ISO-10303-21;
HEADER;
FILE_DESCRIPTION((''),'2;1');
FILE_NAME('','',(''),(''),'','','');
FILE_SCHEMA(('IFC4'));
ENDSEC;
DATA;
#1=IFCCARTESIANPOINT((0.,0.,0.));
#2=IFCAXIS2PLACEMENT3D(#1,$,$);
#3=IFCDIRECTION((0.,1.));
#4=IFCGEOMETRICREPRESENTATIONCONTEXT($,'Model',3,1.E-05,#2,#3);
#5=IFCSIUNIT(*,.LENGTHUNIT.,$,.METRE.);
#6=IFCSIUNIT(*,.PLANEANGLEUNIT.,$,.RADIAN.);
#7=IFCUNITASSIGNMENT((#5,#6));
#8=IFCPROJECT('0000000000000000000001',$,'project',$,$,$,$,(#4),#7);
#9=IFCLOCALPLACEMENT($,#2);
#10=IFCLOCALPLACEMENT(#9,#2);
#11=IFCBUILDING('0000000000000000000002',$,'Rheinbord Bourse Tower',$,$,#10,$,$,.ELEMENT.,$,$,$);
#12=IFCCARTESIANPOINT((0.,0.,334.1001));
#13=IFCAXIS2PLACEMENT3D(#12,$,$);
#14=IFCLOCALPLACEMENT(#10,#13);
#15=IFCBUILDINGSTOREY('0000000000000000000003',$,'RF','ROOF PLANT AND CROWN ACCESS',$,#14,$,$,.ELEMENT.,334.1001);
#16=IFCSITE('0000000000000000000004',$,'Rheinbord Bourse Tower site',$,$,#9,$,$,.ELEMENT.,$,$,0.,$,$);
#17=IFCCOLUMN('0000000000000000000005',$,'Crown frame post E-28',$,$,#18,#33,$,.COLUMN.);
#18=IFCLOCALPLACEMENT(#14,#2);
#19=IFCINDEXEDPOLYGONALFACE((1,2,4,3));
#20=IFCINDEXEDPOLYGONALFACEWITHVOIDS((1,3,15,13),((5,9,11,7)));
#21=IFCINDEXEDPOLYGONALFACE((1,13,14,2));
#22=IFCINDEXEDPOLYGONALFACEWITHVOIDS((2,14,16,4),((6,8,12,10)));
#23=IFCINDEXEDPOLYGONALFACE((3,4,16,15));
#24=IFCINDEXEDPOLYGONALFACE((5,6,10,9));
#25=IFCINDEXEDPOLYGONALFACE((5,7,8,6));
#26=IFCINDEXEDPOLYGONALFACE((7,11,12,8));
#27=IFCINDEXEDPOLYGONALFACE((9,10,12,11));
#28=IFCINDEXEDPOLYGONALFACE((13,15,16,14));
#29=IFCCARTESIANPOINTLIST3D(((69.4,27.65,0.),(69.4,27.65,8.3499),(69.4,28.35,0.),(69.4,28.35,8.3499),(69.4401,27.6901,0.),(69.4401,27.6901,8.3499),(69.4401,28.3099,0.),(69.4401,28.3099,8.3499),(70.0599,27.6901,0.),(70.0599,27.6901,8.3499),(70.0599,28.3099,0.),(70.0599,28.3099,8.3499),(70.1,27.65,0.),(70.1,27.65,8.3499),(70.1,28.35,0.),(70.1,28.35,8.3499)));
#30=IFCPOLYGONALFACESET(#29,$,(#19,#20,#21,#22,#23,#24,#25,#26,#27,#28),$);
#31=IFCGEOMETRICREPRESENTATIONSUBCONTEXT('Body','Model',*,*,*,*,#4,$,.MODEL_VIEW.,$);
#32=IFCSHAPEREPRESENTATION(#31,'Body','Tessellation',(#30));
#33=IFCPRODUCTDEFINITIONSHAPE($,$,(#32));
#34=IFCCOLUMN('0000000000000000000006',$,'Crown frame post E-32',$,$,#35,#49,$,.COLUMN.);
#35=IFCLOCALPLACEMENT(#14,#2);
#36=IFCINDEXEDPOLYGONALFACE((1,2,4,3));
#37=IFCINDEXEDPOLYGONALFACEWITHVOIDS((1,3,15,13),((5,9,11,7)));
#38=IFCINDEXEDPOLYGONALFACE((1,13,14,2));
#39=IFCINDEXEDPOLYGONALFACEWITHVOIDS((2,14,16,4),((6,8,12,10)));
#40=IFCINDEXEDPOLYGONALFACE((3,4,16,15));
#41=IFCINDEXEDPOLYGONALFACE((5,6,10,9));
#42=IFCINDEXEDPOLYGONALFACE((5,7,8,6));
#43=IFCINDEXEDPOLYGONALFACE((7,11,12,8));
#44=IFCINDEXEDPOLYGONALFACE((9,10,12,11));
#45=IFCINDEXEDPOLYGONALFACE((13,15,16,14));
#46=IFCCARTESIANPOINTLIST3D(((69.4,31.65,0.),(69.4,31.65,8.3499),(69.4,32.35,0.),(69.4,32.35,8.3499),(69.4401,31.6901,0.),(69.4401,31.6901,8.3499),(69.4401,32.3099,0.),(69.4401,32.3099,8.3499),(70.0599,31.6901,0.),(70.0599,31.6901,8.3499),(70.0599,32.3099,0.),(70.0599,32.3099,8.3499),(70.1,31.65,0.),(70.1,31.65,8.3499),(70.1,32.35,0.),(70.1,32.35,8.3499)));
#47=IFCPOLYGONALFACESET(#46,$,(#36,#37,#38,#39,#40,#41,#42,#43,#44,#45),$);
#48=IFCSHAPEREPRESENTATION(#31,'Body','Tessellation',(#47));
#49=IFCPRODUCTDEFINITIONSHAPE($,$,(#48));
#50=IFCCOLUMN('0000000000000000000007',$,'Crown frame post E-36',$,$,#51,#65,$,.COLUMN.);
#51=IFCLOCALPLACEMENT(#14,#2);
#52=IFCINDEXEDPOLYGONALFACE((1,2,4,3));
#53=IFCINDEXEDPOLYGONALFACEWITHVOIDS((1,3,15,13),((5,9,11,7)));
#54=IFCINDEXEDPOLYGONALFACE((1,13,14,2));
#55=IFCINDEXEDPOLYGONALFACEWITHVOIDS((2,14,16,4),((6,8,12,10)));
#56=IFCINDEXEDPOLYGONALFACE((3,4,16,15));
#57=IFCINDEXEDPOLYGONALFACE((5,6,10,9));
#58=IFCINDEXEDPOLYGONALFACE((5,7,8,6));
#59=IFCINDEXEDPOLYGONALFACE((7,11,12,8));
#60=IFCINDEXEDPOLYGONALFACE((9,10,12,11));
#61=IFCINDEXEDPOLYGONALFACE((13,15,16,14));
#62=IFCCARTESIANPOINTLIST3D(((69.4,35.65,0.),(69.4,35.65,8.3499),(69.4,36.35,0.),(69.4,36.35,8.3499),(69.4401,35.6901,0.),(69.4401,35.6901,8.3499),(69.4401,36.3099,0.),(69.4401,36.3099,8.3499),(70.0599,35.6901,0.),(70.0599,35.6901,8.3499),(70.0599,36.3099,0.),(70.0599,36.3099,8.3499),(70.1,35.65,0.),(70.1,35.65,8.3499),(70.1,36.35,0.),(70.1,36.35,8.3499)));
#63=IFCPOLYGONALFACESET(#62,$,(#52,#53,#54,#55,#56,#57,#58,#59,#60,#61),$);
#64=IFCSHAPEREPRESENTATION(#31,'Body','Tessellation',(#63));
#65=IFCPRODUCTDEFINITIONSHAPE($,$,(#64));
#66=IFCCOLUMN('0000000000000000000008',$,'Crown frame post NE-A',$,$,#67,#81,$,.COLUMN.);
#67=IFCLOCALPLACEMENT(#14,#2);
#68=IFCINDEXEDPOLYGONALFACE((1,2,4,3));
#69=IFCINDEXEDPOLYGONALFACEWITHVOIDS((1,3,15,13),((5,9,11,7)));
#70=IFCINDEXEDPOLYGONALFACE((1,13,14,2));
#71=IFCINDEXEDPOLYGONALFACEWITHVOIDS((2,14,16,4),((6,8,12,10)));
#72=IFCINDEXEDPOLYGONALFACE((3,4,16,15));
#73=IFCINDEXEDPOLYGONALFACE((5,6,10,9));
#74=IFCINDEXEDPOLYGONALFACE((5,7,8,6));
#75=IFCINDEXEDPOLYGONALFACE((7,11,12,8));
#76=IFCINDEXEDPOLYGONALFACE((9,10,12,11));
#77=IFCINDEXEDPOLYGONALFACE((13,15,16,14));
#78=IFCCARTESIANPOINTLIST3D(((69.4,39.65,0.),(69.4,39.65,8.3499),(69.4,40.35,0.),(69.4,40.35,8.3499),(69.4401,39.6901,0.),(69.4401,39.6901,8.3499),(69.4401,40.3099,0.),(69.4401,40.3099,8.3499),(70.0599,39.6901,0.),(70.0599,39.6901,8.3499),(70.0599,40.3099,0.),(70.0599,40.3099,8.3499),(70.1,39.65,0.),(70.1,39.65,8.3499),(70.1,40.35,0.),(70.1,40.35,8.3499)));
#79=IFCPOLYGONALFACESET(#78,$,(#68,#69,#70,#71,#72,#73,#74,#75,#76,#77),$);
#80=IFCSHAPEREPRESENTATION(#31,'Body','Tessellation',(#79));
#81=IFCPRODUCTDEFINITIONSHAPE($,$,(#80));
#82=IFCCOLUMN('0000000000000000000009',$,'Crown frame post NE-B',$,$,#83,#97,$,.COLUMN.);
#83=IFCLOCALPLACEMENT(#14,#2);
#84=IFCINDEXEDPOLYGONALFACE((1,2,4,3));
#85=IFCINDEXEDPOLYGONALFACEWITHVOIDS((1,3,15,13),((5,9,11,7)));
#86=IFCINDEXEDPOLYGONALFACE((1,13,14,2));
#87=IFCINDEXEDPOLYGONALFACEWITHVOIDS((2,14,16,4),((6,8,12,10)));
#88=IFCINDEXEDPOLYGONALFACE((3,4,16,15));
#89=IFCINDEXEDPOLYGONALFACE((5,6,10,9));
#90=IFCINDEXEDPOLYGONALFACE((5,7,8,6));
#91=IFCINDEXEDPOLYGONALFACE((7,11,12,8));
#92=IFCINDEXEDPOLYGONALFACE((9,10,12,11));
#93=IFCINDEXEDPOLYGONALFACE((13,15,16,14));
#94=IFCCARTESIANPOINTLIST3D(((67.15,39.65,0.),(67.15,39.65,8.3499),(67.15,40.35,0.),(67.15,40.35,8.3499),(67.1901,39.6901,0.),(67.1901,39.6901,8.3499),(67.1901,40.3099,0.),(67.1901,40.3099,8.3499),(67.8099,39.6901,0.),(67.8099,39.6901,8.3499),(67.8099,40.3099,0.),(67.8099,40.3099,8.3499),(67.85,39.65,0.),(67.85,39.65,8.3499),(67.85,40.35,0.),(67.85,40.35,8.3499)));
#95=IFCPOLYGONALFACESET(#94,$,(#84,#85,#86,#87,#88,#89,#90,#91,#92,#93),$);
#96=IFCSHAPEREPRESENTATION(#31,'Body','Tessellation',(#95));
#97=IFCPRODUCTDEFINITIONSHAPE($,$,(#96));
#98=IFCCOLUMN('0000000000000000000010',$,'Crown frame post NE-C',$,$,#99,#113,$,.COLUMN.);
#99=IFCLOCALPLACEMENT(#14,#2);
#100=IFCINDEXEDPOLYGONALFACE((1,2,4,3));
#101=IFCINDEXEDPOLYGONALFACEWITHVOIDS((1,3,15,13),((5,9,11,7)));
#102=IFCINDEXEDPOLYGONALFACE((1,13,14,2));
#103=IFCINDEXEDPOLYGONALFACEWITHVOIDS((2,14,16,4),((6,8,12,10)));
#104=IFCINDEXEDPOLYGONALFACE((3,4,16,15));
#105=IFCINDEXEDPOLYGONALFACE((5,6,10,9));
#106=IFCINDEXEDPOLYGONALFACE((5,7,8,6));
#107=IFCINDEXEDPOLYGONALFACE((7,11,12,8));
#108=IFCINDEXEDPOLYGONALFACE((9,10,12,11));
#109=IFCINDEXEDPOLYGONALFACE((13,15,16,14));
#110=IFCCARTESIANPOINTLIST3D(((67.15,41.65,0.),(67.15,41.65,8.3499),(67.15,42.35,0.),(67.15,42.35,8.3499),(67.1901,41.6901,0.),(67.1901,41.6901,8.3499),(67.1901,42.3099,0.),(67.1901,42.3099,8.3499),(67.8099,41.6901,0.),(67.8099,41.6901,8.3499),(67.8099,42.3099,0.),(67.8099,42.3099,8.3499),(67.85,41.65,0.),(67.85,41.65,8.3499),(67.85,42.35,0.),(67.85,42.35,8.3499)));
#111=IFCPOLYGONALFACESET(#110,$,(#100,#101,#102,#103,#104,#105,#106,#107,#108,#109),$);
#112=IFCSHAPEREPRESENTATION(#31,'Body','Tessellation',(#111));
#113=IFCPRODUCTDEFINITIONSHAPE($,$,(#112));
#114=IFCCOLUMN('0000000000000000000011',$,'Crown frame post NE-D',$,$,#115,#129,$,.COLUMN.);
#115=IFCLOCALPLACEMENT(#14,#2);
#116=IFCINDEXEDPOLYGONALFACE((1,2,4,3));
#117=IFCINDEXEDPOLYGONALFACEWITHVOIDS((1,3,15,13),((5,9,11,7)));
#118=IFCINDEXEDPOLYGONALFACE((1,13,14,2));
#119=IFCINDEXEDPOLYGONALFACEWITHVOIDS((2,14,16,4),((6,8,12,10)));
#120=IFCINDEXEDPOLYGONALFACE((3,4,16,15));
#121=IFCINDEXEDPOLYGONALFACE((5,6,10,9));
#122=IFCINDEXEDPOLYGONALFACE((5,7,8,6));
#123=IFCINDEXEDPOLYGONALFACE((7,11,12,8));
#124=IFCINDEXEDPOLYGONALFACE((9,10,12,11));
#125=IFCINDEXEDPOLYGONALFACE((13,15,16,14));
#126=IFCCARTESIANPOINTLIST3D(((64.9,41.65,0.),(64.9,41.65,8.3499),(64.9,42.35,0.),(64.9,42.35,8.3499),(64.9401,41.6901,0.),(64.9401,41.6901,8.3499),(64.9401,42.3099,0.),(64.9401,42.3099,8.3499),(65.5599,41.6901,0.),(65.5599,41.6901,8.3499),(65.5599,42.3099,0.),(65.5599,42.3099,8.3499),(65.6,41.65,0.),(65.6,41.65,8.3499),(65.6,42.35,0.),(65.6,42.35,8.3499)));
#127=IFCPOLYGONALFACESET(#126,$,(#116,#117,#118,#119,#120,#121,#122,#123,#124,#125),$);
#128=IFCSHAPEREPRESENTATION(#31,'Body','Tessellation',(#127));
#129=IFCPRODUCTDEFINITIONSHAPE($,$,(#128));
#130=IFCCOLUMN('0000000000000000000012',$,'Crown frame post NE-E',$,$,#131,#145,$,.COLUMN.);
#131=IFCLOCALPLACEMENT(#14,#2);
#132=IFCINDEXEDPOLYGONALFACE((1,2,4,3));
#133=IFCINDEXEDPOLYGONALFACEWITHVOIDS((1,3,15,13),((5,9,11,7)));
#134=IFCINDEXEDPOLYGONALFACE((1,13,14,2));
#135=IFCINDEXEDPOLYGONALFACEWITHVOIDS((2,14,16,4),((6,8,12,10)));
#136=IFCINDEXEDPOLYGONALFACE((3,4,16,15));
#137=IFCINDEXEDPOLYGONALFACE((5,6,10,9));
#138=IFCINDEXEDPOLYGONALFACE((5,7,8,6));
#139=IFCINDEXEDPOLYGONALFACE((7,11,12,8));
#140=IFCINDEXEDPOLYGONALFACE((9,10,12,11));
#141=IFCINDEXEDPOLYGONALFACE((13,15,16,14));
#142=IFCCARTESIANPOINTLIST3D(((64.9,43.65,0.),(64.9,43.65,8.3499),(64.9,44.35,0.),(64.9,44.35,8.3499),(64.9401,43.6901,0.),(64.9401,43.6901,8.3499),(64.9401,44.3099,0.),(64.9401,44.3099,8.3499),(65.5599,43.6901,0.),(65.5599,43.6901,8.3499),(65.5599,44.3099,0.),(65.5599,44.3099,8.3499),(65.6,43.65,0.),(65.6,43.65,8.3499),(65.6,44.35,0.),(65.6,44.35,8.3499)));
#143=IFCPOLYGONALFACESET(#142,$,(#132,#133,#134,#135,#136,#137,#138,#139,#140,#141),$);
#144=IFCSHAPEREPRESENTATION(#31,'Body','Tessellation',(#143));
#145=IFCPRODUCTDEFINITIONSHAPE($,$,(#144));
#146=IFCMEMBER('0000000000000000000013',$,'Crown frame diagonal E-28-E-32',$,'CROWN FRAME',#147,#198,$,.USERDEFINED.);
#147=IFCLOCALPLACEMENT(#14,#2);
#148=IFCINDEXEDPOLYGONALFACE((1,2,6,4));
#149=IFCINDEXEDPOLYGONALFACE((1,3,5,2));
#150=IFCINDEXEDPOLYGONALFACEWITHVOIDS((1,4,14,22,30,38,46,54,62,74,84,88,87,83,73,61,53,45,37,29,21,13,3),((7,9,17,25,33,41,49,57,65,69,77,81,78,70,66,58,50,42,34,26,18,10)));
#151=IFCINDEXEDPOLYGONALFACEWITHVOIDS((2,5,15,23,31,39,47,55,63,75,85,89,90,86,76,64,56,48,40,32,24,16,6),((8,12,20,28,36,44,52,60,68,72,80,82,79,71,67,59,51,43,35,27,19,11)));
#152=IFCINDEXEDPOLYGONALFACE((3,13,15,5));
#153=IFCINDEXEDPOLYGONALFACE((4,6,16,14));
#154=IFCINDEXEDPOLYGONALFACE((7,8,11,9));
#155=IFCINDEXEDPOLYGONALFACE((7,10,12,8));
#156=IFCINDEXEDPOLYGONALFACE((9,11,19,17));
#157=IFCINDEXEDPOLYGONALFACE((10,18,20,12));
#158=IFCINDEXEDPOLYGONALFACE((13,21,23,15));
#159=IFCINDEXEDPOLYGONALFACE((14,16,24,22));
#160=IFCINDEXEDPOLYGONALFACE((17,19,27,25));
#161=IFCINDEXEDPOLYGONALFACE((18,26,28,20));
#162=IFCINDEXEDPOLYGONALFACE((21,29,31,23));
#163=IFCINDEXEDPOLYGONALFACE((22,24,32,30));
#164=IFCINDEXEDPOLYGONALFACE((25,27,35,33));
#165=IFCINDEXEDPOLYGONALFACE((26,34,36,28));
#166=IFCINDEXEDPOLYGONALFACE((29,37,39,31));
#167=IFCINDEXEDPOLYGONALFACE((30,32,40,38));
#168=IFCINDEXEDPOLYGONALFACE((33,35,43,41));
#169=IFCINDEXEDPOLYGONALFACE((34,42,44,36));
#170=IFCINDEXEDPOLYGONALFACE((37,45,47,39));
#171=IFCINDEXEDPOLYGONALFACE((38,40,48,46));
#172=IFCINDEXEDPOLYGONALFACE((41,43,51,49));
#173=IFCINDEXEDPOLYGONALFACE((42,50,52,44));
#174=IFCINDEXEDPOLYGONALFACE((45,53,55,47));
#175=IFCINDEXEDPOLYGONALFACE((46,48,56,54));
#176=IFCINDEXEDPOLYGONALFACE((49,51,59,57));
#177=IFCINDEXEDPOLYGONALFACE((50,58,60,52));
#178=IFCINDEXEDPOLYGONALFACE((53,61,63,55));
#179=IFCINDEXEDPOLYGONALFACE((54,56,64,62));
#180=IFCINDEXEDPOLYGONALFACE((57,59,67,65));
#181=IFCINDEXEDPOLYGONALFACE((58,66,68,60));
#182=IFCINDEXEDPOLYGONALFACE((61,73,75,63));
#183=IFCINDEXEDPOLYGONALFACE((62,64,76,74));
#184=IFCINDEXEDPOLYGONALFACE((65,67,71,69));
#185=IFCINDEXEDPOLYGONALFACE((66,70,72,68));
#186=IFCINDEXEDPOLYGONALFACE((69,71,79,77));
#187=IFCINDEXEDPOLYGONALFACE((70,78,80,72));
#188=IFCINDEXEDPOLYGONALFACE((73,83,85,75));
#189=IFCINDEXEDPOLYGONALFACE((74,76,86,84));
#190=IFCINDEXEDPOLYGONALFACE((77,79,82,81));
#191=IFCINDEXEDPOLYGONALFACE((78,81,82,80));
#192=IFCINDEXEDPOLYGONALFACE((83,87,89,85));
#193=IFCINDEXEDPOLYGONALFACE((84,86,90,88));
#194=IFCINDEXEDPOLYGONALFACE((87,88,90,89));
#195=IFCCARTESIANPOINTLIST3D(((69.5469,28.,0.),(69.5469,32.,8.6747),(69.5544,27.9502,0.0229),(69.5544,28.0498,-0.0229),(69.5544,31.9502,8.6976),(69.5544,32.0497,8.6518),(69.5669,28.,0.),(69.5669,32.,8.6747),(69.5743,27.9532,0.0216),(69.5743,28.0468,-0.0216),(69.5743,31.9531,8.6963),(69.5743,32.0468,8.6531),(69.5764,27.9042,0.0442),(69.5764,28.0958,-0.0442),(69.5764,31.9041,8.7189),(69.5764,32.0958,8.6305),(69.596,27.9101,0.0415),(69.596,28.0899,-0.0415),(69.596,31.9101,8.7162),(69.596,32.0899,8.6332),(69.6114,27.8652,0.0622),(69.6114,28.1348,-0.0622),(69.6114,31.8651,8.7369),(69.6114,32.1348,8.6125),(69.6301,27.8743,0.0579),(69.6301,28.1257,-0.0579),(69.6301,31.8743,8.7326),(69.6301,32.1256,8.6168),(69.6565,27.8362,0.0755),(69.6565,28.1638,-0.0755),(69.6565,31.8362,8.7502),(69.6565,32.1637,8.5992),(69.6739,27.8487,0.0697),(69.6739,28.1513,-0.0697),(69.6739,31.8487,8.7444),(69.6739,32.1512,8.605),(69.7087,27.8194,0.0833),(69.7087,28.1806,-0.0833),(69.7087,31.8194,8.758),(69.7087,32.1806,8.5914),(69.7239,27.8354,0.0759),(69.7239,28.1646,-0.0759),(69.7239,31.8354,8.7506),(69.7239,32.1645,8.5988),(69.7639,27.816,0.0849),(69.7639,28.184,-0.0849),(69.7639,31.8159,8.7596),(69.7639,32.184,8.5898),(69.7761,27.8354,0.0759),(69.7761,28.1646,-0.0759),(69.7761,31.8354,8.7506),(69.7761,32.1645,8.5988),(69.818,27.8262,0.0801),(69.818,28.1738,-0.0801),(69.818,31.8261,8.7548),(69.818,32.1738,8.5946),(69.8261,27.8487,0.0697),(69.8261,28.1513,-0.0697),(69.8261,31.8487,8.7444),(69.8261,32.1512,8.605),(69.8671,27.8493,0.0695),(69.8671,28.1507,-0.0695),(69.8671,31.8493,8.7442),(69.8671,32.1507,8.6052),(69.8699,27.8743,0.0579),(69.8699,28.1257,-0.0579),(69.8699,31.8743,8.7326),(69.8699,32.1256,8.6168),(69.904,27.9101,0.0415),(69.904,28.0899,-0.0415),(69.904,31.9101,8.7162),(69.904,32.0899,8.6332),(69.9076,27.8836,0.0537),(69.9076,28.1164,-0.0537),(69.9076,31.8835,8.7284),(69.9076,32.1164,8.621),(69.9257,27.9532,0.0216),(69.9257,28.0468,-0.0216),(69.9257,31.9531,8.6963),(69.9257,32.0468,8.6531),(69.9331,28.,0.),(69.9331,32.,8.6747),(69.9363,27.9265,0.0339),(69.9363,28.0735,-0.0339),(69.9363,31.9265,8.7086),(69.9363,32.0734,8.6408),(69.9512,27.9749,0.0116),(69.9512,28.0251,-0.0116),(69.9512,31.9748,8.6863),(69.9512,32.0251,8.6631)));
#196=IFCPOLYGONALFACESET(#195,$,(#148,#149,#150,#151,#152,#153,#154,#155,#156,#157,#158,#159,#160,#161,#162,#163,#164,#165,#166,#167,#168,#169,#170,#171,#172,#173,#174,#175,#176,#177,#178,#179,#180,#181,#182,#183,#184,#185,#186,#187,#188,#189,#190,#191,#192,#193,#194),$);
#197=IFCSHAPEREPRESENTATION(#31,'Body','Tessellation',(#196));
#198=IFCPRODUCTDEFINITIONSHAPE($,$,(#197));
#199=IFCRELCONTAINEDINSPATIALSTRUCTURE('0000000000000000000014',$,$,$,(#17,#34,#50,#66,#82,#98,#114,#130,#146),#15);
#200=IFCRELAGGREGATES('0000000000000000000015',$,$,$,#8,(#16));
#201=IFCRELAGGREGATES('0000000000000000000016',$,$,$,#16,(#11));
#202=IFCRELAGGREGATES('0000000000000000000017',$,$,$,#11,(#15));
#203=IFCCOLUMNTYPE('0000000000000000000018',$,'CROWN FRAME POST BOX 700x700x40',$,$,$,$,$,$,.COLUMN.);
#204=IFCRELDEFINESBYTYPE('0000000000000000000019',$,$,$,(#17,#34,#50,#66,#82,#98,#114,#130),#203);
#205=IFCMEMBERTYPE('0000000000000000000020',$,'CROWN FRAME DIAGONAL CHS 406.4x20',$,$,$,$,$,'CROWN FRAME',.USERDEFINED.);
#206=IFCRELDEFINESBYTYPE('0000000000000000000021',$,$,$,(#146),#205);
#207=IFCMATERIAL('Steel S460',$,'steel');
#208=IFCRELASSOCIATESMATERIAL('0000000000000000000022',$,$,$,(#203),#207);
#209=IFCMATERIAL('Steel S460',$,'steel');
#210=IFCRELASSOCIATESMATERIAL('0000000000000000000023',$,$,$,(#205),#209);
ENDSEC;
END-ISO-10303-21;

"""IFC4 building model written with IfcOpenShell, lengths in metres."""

from ifc_helpers import new_model, si_unit, direction, frame, origin, origin_2d, place, context, subcontext, project, spatial, hollow_rectangle, hollow_circle, extrude, material, material_profile, profile_set, type_object, element, save


model = new_model("IFC4")

# Units and contexts
model_context = context("Model", 3, precision=1e-05, world=origin(), true_north=direction((0.0, 1.0)))
body_context = subcontext(model_context, "Body", "Model", "MODEL_VIEW")
ifc_project = project(units=[si_unit("LENGTHUNIT", "METRE"), si_unit("PLANEANGLEUNIT", "RADIAN")], contexts=[model_context])

# Site, building, storey
site_placement = place(None, origin())
site = spatial("IfcSite", under=ifc_project, at=site_placement, Name="Rheinbord Bourse Tower site", CompositionType="ELEMENT", RefElevation=0.0)
building_placement = place(site_placement, origin())
building = spatial("IfcBuilding", under=site, at=building_placement, Name="Rheinbord Bourse Tower", CompositionType="ELEMENT")
storey_placement = place(building_placement, frame((0.0, 0.0, 334.1001)))
storey = spatial("IfcBuildingStorey", under=building, at=storey_placement, Name="RF", Description="ROOF PLANT AND CROWN ACCESS", CompositionType="ELEMENT", Elevation=334.1001)

# Columns
ifc_material_1 = material(Name="Steel S460", Category="steel")
ifc_material_profile_1 = material_profile(ifc_material_1, hollow_rectangle(XDim=0.7, YDim=0.7, WallThickness=0.04, at=origin_2d()), Name="BOX 700x700x40")
ifc_profile_set_1 = profile_set([ifc_material_profile_1], Name="Steel S460")
column_type = type_object("IfcColumnType", Name="CROWN FRAME POST BOX 700x700x40", PredefinedType="COLUMN", material=ifc_profile_set_1)
for number, where, z_axis, x_axis, name in (
    (1, (69.75, 28.0, 0.0), (0.0, 0.0, 1.0), (1.0, 0.0, 0.0), "Crown frame post E-28"),
    (2, (69.75, 32.0, 0.0), (0.0, 0.0, 1.0), (1.0, 0.0, 0.0), "Crown frame post E-32"),
    (3, (69.75, 36.0, 0.0), (0.0, 0.0, 1.0), (1.0, 0.0, 0.0), "Crown frame post E-36"),
    (4, (69.75, 40.0, 0.0), (0.0, 0.0, 1.0), (1.0, 0.0, 0.0), "Crown frame post NE-A"),
    (5, (67.5, 40.0, 0.0), (0.0, 0.0, 1.0), (1.0, 0.0, 0.0), "Crown frame post NE-B"),
    (6, (67.5, 42.0, 0.0), (0.0, 0.0, 1.0), (1.0, 0.0, 0.0), "Crown frame post NE-C"),
    (7, (65.25, 42.0, 0.0), (0.0, 0.0, 1.0), (1.0, 0.0, 0.0), "Crown frame post NE-D"),
    (8, (65.25, 44.0, 0.0), (0.0, 0.0, 1.0), (1.0, 0.0, 0.0), "Crown frame post NE-E"),
):
    element("IfcColumn", number, at=place(storey_placement, frame(where, z_axis=z_axis, x_axis=x_axis)), inside=storey, type_object=column_type, Name=name, PredefinedType="COLUMN", context=body_context, shape_type="SweptSolid", body=[
        extrude(hollow_rectangle(XDim=0.7, YDim=0.7, WallThickness=0.04, at=origin_2d()), origin(), (0.0, 0.0, 1.0), 8.3499),
    ])

# Member
ifc_material_2 = material(Name="Steel S460", Category="steel")
ifc_material_profile_2 = material_profile(ifc_material_2, hollow_circle(Radius=0.2031, WallThickness=0.02, at=origin_2d()), Name="CHS 406.4x20")
ifc_profile_set_2 = profile_set([ifc_material_profile_2], Name="Steel S460")
member_type = type_object("IfcMemberType", Name="CROWN FRAME DIAGONAL CHS 406.4x20", ElementType="CROWN FRAME", PredefinedType="USERDEFINED", material=ifc_profile_set_2)
for number, where, z_axis, x_axis, name in (
    (9, (69.75, 28.0, 0.0), (0.0, 0.418734, 0.908109), (-1.0, 0.0, 0.0), "Crown frame diagonal E-28-E-32"),
):
    element("IfcMember", number, at=place(storey_placement, frame(where, z_axis=z_axis, x_axis=x_axis)), inside=storey, type_object=member_type, Name=name, ObjectType="CROWN FRAME", PredefinedType="USERDEFINED", context=body_context, shape_type="SweptSolid", body=[
        extrude(hollow_circle(Radius=0.2031, WallThickness=0.02, at=origin_2d()), origin(), (0.0, 0.0, 1.0), 9.5525),
    ])

save(model, "model.ifc")
